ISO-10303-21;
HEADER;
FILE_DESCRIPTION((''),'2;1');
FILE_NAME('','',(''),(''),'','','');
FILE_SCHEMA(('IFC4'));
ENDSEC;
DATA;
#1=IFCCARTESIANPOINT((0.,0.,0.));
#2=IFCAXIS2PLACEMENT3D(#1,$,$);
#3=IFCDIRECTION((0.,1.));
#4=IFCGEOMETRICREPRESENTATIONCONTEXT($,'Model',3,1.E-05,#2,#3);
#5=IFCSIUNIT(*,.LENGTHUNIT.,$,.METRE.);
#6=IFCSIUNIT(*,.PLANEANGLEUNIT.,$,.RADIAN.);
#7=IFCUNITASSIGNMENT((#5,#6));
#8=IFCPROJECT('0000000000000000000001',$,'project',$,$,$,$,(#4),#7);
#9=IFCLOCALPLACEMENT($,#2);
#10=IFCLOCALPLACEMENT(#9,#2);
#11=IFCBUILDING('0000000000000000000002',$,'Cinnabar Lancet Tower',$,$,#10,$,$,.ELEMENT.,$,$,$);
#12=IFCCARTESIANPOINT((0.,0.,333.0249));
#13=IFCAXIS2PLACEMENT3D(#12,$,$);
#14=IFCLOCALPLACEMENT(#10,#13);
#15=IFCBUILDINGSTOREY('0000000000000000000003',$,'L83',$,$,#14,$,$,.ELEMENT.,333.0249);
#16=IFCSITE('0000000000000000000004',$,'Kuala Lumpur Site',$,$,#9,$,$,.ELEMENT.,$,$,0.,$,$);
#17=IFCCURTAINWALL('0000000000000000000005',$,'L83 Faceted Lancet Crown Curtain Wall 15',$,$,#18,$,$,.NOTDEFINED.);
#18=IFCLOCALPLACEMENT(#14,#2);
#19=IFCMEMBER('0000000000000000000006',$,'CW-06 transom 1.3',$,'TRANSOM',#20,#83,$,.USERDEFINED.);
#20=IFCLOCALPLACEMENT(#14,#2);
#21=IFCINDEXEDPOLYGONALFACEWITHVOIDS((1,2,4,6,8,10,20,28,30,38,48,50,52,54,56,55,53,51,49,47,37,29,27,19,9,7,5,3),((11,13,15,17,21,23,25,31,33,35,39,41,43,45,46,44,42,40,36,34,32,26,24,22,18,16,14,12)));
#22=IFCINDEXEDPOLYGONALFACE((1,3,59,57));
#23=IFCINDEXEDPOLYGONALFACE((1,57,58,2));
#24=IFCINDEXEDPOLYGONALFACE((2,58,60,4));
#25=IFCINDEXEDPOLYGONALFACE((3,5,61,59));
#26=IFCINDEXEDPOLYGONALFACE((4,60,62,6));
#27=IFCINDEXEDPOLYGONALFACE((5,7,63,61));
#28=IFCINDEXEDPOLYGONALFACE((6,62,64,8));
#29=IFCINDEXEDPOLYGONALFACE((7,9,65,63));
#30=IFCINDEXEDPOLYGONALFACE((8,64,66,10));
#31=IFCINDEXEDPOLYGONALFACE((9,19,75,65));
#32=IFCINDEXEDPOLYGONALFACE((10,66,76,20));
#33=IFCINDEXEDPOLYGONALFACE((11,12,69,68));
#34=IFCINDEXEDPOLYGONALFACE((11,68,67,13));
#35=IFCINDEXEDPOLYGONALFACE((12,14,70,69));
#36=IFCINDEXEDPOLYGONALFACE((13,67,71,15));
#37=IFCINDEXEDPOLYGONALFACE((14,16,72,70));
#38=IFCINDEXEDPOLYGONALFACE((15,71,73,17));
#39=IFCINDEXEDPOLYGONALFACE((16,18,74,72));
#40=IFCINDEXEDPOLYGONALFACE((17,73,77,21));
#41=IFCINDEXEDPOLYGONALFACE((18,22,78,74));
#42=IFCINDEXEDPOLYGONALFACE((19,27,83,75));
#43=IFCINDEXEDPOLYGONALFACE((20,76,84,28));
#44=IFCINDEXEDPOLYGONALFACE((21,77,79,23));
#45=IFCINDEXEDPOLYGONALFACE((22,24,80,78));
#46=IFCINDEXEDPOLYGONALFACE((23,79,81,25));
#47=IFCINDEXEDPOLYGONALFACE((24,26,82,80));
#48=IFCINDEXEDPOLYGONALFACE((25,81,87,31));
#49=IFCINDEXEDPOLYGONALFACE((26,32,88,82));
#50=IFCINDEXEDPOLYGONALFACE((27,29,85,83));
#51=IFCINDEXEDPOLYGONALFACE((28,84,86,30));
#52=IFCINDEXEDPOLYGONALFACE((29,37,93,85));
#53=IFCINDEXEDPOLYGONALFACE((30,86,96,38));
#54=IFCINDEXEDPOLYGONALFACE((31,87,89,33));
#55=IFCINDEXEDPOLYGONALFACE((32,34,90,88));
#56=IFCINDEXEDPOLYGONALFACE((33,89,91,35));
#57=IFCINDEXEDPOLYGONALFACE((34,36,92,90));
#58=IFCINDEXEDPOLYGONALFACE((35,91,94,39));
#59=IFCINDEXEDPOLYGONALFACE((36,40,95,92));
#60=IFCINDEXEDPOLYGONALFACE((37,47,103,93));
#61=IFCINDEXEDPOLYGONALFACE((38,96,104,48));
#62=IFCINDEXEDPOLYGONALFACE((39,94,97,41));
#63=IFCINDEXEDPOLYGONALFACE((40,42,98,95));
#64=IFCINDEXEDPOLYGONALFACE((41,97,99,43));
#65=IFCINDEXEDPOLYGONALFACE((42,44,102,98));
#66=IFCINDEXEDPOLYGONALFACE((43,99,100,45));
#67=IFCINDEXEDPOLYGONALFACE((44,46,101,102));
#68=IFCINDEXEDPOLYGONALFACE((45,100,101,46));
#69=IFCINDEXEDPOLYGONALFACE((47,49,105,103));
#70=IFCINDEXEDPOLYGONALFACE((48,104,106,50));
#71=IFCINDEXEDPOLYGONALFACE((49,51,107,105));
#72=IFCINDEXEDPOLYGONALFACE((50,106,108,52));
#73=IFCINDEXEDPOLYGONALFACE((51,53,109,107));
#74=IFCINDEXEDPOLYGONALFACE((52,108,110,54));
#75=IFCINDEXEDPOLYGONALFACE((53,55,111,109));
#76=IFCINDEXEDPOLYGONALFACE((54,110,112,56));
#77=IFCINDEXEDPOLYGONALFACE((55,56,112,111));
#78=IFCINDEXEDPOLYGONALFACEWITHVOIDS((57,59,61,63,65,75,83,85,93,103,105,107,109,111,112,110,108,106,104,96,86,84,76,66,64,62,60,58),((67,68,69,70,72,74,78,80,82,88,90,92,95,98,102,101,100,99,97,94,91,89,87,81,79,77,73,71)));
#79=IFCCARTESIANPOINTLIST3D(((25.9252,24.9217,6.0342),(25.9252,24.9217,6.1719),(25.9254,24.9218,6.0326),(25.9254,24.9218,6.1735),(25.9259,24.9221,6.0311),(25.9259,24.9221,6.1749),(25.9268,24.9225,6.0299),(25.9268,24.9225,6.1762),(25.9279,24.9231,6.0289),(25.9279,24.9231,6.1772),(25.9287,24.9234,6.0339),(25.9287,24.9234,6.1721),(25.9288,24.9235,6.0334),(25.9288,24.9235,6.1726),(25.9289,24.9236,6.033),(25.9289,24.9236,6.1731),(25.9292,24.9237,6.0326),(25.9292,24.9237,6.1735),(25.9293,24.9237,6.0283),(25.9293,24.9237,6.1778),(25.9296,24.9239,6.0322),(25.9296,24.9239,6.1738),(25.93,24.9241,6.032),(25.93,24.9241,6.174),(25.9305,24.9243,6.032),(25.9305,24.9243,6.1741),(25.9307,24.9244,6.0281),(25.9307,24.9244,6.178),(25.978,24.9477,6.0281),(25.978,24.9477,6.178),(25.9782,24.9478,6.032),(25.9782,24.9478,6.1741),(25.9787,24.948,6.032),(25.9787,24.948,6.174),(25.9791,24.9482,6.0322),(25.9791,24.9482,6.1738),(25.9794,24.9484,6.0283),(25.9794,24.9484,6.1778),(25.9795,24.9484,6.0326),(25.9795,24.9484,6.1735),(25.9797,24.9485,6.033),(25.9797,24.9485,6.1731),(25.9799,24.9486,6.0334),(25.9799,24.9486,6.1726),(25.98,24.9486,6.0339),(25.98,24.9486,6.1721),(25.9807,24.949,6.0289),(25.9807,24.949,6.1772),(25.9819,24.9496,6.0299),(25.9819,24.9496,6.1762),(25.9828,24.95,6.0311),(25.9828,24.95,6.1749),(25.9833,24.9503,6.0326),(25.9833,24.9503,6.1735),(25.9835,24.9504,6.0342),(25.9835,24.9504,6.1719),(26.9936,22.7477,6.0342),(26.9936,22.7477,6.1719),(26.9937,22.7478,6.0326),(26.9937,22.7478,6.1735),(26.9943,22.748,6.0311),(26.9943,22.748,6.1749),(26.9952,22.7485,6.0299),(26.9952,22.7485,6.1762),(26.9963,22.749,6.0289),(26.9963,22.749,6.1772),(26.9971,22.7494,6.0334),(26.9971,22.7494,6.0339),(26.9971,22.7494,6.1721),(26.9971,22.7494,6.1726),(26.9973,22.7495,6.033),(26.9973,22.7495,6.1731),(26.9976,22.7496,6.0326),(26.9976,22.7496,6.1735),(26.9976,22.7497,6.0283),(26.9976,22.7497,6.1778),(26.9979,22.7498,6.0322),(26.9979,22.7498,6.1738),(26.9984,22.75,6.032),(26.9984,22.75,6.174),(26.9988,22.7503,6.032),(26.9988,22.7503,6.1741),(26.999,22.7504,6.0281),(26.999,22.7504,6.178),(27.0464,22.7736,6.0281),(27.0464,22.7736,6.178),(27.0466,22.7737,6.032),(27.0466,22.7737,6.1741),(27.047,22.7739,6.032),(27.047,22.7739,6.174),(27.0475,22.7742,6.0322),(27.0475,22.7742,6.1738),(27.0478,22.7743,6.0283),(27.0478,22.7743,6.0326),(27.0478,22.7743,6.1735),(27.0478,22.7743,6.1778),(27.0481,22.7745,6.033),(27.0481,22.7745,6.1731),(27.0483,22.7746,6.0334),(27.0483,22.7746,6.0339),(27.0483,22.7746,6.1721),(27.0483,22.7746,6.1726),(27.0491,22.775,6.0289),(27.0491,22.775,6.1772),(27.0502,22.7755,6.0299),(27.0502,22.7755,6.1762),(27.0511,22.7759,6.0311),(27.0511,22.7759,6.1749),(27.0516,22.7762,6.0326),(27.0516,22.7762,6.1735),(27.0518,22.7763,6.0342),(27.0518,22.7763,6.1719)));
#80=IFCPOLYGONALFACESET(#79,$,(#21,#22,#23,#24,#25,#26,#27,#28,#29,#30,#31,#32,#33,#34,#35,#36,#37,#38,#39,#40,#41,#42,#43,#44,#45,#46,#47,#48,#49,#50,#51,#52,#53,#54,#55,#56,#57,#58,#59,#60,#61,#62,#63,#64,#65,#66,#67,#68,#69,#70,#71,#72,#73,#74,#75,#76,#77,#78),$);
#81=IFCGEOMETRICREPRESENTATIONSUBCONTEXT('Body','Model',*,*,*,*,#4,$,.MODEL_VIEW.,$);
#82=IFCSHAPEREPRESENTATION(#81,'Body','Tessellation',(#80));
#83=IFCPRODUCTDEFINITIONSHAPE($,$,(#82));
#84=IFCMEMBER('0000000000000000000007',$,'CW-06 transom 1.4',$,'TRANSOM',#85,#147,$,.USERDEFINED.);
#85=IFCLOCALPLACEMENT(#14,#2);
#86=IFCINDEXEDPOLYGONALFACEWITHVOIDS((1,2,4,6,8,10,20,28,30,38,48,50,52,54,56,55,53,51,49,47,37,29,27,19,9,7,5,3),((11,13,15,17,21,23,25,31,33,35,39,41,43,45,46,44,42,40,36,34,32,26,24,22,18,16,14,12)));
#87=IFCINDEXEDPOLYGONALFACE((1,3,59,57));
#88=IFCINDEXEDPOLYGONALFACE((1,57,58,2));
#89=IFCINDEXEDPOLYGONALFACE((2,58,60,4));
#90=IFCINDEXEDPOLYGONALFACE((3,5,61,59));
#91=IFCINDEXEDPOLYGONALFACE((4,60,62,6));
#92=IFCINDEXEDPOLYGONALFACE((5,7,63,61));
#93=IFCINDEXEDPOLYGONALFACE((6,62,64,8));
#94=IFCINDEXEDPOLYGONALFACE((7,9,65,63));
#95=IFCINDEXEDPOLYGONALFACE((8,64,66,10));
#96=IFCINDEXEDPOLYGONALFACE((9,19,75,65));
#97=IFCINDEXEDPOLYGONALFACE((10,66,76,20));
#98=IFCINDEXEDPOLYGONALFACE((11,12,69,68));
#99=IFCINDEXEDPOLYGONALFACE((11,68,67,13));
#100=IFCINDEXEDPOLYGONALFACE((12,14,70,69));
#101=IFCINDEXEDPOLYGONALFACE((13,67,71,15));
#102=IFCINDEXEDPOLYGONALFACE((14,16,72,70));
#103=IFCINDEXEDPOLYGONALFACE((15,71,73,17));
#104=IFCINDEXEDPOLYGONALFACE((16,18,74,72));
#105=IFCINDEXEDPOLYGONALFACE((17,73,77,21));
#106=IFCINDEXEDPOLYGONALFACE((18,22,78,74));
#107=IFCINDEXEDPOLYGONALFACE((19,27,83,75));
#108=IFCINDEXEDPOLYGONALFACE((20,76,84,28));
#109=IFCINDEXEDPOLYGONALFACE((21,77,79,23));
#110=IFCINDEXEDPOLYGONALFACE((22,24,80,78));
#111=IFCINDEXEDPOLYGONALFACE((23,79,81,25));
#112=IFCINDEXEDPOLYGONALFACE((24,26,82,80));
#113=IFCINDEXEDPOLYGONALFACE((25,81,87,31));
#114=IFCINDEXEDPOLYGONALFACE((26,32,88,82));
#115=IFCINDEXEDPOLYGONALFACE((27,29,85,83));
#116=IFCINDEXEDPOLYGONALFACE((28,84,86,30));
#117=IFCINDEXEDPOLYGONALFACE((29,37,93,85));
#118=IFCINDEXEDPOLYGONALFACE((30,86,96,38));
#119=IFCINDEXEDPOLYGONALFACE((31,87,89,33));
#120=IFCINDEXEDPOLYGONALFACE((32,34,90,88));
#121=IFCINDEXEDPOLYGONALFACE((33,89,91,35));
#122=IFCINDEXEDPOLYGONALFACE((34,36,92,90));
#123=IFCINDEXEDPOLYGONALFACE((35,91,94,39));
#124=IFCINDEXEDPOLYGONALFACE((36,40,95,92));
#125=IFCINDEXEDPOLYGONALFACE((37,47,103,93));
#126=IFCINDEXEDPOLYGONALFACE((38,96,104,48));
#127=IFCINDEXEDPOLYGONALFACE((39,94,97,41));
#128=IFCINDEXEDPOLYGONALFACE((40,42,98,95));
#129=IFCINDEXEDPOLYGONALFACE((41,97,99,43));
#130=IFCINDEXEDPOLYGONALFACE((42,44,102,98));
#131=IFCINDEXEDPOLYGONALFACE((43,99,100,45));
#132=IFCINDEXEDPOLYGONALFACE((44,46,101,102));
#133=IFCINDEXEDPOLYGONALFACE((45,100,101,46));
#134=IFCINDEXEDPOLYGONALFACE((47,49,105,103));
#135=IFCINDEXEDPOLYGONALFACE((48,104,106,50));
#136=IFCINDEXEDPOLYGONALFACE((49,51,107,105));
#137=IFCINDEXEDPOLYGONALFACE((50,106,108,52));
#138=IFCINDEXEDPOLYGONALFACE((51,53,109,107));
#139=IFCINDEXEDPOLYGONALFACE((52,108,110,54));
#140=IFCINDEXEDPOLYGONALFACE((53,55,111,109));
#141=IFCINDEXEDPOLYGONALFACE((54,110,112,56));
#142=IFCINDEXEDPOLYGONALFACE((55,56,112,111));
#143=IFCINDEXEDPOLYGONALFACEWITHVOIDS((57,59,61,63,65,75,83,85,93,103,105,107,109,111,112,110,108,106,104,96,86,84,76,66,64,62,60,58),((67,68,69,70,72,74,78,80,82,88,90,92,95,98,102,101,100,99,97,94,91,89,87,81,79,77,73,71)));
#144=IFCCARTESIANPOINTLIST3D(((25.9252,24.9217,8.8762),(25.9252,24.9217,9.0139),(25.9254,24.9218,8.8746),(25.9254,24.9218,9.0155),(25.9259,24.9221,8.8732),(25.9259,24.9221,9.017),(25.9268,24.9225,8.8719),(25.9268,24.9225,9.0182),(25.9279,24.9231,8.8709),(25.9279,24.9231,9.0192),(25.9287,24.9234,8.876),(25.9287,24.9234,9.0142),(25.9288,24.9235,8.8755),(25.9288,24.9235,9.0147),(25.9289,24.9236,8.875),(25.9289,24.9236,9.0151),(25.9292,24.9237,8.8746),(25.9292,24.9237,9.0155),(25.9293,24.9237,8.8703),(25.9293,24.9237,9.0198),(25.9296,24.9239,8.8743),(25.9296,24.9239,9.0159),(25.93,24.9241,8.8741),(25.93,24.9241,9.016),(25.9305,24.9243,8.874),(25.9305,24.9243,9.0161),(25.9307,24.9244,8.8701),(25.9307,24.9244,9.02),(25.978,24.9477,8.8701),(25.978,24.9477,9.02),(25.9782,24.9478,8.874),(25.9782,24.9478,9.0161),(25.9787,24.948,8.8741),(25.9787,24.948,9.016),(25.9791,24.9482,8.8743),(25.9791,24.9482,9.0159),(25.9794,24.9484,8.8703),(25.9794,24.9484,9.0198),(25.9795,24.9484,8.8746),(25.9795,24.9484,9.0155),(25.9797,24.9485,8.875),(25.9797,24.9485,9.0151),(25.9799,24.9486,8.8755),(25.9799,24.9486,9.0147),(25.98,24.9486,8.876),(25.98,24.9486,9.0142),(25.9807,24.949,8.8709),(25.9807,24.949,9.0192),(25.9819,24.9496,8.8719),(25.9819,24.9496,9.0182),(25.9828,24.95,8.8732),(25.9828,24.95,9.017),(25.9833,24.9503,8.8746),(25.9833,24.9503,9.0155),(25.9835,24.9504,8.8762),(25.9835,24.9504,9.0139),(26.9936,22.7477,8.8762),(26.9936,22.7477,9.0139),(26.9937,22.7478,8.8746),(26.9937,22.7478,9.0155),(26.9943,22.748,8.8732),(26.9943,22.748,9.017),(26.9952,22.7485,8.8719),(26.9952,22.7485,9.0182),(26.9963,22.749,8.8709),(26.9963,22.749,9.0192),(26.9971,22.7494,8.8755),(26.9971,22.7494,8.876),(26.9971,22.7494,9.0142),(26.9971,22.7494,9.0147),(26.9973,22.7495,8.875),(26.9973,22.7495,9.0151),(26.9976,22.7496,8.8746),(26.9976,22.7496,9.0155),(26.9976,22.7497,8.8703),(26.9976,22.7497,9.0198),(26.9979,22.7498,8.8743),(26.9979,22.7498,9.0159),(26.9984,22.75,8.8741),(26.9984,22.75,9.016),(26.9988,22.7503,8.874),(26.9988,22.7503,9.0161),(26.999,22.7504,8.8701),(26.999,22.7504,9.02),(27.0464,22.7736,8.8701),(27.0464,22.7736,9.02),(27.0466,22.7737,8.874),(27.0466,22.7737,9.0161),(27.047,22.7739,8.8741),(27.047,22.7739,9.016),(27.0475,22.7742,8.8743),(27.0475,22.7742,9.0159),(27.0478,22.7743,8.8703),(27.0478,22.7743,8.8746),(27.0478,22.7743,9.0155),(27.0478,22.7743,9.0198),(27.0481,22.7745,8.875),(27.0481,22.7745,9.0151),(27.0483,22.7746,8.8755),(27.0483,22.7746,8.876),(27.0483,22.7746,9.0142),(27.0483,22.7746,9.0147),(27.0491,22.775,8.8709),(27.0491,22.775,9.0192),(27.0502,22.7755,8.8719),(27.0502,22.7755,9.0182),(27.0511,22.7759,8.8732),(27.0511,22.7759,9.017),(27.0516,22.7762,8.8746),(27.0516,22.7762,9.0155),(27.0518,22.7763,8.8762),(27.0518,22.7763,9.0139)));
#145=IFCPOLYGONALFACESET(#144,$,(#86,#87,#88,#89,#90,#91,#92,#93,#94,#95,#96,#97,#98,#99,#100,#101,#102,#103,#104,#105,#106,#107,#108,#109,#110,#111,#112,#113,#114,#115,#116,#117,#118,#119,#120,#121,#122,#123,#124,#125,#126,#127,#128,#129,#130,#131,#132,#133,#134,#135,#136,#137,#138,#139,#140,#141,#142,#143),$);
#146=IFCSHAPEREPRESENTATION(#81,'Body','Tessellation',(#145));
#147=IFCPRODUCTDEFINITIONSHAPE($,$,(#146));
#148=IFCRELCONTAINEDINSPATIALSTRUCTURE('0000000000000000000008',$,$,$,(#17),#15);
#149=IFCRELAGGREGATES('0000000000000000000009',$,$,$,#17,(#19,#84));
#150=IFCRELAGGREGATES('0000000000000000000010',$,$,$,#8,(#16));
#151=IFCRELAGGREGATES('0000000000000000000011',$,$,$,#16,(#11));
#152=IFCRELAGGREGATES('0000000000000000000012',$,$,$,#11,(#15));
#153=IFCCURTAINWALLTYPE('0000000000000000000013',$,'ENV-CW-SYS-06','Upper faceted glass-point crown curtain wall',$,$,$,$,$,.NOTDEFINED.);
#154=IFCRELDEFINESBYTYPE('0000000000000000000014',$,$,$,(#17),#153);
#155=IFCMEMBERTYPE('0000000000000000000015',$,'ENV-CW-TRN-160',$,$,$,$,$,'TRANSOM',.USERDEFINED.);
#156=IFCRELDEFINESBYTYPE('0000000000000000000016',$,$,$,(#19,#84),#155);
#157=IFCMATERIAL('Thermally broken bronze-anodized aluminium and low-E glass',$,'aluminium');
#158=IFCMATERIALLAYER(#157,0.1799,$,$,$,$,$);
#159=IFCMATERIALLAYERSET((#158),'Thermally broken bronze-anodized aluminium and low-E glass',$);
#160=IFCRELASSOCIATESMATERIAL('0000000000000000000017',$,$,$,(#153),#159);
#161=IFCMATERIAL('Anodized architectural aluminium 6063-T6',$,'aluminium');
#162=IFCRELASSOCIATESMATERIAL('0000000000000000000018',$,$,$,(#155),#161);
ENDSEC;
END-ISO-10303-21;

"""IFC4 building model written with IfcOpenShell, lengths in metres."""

from ifc_helpers import new_model, si_unit, direction, frame, origin, origin_2d, place, context, subcontext, project, spatial, hollow_rectangle, extrude, material, layer, layer_set, material_profile, profile_set, type_object, element, aggregate, save


model = new_model("IFC4")

# Units and contexts
model_context = context("Model", 3, precision=1e-05, world=origin(), true_north=direction((0.0, 1.0)))
body_context = subcontext(model_context, "Body", "Model", "MODEL_VIEW")
ifc_project = project(units=[si_unit("LENGTHUNIT", "METRE"), si_unit("PLANEANGLEUNIT", "RADIAN")], contexts=[model_context])

# Site, building, storey
site_placement = place(None, origin())
site = spatial("IfcSite", under=ifc_project, at=site_placement, Name="Kuala Lumpur Site", CompositionType="ELEMENT", RefElevation=0.0)
building_placement = place(site_placement, origin())
building = spatial("IfcBuilding", under=site, at=building_placement, Name="Cinnabar Lancet Tower", CompositionType="ELEMENT")
storey_placement = place(building_placement, frame((0.0, 0.0, 333.0249)))
storey = spatial("IfcBuildingStorey", under=building, at=storey_placement, Name="L83", CompositionType="ELEMENT", Elevation=333.0249)

# Curtain wall
ifc_material_1 = material(Name="Thermally broken bronze-anodized aluminium and low-E glass", Category="aluminium")
ifc_layer_1 = layer(ifc_material_1, 0.1799)
ifc_layer_set_1 = layer_set([ifc_layer_1], Name="Thermally broken bronze-anodized aluminium and low-E glass")
curtain_wall_type = type_object("IfcCurtainWallType", Name="ENV-CW-SYS-06", Description="Upper faceted glass-point crown curtain wall", PredefinedType="NOTDEFINED", material=ifc_layer_set_1)
curtain_wall_1_placement = place(storey_placement, origin())
curtain_wall_1 = element("IfcCurtainWall", 1, at=curtain_wall_1_placement, inside=storey, type_object=curtain_wall_type, Name="L83 Faceted Lancet Crown Curtain Wall 15", PredefinedType="NOTDEFINED")

# Members
ifc_material_2 = material(Name="Anodized architectural aluminium 6063-T6", Category="aluminium")
ifc_material_profile_1 = material_profile(ifc_material_2, hollow_rectangle(XDim=0.0649, YDim=0.1499, WallThickness=0.0039, InnerFilletRadius=0.002, OuterFilletRadius=0.0061, at=origin_2d()), Name="CW-TRN 150x65x4")
ifc_profile_set_1 = profile_set([ifc_material_profile_1], Name="Anodized architectural aluminium 6063-T6")
member_type_1 = type_object("IfcMemberType", Name="ENV-CW-TRN-160", ElementType="TRANSOM", PredefinedType="USERDEFINED", material=ifc_profile_set_1)
member_1_placement = place(storey_placement, frame((25.9543, 24.936, 6.103), z_axis=(0.441035, -0.89749, 0.0), x_axis=(0.89749, 0.441035, 0.0)))
member_1 = element("IfcMember", 2, at=member_1_placement, type_object=member_type_1, Name="CW-06 transom 1.3", ObjectType="TRANSOM", PredefinedType="USERDEFINED", context=body_context, shape_type="SweptSolid", body=[
    extrude(hollow_rectangle(XDim=0.0649, YDim=0.1499, WallThickness=0.0039, InnerFilletRadius=0.002, OuterFilletRadius=0.0061, at=origin_2d()), origin(), (0.0, 0.0, 1.0), 2.4224),
])
member_2_placement = place(storey_placement, frame((25.9543, 24.936, 8.9451), z_axis=(0.441035, -0.89749, 0.0), x_axis=(0.89749, 0.441035, 0.0)))
member_2 = element("IfcMember", 3, at=member_2_placement, type_object=member_type_1, Name="CW-06 transom 1.4", ObjectType="TRANSOM", PredefinedType="USERDEFINED", context=body_context, shape_type="SweptSolid", body=[
    extrude(hollow_rectangle(XDim=0.0649, YDim=0.1499, WallThickness=0.0039, InnerFilletRadius=0.002, OuterFilletRadius=0.0061, at=origin_2d()), origin(), (0.0, 0.0, 1.0), 2.4224),
])

aggregate(curtain_wall_1, [member_1, member_2])

save(model, "model.ifc")
